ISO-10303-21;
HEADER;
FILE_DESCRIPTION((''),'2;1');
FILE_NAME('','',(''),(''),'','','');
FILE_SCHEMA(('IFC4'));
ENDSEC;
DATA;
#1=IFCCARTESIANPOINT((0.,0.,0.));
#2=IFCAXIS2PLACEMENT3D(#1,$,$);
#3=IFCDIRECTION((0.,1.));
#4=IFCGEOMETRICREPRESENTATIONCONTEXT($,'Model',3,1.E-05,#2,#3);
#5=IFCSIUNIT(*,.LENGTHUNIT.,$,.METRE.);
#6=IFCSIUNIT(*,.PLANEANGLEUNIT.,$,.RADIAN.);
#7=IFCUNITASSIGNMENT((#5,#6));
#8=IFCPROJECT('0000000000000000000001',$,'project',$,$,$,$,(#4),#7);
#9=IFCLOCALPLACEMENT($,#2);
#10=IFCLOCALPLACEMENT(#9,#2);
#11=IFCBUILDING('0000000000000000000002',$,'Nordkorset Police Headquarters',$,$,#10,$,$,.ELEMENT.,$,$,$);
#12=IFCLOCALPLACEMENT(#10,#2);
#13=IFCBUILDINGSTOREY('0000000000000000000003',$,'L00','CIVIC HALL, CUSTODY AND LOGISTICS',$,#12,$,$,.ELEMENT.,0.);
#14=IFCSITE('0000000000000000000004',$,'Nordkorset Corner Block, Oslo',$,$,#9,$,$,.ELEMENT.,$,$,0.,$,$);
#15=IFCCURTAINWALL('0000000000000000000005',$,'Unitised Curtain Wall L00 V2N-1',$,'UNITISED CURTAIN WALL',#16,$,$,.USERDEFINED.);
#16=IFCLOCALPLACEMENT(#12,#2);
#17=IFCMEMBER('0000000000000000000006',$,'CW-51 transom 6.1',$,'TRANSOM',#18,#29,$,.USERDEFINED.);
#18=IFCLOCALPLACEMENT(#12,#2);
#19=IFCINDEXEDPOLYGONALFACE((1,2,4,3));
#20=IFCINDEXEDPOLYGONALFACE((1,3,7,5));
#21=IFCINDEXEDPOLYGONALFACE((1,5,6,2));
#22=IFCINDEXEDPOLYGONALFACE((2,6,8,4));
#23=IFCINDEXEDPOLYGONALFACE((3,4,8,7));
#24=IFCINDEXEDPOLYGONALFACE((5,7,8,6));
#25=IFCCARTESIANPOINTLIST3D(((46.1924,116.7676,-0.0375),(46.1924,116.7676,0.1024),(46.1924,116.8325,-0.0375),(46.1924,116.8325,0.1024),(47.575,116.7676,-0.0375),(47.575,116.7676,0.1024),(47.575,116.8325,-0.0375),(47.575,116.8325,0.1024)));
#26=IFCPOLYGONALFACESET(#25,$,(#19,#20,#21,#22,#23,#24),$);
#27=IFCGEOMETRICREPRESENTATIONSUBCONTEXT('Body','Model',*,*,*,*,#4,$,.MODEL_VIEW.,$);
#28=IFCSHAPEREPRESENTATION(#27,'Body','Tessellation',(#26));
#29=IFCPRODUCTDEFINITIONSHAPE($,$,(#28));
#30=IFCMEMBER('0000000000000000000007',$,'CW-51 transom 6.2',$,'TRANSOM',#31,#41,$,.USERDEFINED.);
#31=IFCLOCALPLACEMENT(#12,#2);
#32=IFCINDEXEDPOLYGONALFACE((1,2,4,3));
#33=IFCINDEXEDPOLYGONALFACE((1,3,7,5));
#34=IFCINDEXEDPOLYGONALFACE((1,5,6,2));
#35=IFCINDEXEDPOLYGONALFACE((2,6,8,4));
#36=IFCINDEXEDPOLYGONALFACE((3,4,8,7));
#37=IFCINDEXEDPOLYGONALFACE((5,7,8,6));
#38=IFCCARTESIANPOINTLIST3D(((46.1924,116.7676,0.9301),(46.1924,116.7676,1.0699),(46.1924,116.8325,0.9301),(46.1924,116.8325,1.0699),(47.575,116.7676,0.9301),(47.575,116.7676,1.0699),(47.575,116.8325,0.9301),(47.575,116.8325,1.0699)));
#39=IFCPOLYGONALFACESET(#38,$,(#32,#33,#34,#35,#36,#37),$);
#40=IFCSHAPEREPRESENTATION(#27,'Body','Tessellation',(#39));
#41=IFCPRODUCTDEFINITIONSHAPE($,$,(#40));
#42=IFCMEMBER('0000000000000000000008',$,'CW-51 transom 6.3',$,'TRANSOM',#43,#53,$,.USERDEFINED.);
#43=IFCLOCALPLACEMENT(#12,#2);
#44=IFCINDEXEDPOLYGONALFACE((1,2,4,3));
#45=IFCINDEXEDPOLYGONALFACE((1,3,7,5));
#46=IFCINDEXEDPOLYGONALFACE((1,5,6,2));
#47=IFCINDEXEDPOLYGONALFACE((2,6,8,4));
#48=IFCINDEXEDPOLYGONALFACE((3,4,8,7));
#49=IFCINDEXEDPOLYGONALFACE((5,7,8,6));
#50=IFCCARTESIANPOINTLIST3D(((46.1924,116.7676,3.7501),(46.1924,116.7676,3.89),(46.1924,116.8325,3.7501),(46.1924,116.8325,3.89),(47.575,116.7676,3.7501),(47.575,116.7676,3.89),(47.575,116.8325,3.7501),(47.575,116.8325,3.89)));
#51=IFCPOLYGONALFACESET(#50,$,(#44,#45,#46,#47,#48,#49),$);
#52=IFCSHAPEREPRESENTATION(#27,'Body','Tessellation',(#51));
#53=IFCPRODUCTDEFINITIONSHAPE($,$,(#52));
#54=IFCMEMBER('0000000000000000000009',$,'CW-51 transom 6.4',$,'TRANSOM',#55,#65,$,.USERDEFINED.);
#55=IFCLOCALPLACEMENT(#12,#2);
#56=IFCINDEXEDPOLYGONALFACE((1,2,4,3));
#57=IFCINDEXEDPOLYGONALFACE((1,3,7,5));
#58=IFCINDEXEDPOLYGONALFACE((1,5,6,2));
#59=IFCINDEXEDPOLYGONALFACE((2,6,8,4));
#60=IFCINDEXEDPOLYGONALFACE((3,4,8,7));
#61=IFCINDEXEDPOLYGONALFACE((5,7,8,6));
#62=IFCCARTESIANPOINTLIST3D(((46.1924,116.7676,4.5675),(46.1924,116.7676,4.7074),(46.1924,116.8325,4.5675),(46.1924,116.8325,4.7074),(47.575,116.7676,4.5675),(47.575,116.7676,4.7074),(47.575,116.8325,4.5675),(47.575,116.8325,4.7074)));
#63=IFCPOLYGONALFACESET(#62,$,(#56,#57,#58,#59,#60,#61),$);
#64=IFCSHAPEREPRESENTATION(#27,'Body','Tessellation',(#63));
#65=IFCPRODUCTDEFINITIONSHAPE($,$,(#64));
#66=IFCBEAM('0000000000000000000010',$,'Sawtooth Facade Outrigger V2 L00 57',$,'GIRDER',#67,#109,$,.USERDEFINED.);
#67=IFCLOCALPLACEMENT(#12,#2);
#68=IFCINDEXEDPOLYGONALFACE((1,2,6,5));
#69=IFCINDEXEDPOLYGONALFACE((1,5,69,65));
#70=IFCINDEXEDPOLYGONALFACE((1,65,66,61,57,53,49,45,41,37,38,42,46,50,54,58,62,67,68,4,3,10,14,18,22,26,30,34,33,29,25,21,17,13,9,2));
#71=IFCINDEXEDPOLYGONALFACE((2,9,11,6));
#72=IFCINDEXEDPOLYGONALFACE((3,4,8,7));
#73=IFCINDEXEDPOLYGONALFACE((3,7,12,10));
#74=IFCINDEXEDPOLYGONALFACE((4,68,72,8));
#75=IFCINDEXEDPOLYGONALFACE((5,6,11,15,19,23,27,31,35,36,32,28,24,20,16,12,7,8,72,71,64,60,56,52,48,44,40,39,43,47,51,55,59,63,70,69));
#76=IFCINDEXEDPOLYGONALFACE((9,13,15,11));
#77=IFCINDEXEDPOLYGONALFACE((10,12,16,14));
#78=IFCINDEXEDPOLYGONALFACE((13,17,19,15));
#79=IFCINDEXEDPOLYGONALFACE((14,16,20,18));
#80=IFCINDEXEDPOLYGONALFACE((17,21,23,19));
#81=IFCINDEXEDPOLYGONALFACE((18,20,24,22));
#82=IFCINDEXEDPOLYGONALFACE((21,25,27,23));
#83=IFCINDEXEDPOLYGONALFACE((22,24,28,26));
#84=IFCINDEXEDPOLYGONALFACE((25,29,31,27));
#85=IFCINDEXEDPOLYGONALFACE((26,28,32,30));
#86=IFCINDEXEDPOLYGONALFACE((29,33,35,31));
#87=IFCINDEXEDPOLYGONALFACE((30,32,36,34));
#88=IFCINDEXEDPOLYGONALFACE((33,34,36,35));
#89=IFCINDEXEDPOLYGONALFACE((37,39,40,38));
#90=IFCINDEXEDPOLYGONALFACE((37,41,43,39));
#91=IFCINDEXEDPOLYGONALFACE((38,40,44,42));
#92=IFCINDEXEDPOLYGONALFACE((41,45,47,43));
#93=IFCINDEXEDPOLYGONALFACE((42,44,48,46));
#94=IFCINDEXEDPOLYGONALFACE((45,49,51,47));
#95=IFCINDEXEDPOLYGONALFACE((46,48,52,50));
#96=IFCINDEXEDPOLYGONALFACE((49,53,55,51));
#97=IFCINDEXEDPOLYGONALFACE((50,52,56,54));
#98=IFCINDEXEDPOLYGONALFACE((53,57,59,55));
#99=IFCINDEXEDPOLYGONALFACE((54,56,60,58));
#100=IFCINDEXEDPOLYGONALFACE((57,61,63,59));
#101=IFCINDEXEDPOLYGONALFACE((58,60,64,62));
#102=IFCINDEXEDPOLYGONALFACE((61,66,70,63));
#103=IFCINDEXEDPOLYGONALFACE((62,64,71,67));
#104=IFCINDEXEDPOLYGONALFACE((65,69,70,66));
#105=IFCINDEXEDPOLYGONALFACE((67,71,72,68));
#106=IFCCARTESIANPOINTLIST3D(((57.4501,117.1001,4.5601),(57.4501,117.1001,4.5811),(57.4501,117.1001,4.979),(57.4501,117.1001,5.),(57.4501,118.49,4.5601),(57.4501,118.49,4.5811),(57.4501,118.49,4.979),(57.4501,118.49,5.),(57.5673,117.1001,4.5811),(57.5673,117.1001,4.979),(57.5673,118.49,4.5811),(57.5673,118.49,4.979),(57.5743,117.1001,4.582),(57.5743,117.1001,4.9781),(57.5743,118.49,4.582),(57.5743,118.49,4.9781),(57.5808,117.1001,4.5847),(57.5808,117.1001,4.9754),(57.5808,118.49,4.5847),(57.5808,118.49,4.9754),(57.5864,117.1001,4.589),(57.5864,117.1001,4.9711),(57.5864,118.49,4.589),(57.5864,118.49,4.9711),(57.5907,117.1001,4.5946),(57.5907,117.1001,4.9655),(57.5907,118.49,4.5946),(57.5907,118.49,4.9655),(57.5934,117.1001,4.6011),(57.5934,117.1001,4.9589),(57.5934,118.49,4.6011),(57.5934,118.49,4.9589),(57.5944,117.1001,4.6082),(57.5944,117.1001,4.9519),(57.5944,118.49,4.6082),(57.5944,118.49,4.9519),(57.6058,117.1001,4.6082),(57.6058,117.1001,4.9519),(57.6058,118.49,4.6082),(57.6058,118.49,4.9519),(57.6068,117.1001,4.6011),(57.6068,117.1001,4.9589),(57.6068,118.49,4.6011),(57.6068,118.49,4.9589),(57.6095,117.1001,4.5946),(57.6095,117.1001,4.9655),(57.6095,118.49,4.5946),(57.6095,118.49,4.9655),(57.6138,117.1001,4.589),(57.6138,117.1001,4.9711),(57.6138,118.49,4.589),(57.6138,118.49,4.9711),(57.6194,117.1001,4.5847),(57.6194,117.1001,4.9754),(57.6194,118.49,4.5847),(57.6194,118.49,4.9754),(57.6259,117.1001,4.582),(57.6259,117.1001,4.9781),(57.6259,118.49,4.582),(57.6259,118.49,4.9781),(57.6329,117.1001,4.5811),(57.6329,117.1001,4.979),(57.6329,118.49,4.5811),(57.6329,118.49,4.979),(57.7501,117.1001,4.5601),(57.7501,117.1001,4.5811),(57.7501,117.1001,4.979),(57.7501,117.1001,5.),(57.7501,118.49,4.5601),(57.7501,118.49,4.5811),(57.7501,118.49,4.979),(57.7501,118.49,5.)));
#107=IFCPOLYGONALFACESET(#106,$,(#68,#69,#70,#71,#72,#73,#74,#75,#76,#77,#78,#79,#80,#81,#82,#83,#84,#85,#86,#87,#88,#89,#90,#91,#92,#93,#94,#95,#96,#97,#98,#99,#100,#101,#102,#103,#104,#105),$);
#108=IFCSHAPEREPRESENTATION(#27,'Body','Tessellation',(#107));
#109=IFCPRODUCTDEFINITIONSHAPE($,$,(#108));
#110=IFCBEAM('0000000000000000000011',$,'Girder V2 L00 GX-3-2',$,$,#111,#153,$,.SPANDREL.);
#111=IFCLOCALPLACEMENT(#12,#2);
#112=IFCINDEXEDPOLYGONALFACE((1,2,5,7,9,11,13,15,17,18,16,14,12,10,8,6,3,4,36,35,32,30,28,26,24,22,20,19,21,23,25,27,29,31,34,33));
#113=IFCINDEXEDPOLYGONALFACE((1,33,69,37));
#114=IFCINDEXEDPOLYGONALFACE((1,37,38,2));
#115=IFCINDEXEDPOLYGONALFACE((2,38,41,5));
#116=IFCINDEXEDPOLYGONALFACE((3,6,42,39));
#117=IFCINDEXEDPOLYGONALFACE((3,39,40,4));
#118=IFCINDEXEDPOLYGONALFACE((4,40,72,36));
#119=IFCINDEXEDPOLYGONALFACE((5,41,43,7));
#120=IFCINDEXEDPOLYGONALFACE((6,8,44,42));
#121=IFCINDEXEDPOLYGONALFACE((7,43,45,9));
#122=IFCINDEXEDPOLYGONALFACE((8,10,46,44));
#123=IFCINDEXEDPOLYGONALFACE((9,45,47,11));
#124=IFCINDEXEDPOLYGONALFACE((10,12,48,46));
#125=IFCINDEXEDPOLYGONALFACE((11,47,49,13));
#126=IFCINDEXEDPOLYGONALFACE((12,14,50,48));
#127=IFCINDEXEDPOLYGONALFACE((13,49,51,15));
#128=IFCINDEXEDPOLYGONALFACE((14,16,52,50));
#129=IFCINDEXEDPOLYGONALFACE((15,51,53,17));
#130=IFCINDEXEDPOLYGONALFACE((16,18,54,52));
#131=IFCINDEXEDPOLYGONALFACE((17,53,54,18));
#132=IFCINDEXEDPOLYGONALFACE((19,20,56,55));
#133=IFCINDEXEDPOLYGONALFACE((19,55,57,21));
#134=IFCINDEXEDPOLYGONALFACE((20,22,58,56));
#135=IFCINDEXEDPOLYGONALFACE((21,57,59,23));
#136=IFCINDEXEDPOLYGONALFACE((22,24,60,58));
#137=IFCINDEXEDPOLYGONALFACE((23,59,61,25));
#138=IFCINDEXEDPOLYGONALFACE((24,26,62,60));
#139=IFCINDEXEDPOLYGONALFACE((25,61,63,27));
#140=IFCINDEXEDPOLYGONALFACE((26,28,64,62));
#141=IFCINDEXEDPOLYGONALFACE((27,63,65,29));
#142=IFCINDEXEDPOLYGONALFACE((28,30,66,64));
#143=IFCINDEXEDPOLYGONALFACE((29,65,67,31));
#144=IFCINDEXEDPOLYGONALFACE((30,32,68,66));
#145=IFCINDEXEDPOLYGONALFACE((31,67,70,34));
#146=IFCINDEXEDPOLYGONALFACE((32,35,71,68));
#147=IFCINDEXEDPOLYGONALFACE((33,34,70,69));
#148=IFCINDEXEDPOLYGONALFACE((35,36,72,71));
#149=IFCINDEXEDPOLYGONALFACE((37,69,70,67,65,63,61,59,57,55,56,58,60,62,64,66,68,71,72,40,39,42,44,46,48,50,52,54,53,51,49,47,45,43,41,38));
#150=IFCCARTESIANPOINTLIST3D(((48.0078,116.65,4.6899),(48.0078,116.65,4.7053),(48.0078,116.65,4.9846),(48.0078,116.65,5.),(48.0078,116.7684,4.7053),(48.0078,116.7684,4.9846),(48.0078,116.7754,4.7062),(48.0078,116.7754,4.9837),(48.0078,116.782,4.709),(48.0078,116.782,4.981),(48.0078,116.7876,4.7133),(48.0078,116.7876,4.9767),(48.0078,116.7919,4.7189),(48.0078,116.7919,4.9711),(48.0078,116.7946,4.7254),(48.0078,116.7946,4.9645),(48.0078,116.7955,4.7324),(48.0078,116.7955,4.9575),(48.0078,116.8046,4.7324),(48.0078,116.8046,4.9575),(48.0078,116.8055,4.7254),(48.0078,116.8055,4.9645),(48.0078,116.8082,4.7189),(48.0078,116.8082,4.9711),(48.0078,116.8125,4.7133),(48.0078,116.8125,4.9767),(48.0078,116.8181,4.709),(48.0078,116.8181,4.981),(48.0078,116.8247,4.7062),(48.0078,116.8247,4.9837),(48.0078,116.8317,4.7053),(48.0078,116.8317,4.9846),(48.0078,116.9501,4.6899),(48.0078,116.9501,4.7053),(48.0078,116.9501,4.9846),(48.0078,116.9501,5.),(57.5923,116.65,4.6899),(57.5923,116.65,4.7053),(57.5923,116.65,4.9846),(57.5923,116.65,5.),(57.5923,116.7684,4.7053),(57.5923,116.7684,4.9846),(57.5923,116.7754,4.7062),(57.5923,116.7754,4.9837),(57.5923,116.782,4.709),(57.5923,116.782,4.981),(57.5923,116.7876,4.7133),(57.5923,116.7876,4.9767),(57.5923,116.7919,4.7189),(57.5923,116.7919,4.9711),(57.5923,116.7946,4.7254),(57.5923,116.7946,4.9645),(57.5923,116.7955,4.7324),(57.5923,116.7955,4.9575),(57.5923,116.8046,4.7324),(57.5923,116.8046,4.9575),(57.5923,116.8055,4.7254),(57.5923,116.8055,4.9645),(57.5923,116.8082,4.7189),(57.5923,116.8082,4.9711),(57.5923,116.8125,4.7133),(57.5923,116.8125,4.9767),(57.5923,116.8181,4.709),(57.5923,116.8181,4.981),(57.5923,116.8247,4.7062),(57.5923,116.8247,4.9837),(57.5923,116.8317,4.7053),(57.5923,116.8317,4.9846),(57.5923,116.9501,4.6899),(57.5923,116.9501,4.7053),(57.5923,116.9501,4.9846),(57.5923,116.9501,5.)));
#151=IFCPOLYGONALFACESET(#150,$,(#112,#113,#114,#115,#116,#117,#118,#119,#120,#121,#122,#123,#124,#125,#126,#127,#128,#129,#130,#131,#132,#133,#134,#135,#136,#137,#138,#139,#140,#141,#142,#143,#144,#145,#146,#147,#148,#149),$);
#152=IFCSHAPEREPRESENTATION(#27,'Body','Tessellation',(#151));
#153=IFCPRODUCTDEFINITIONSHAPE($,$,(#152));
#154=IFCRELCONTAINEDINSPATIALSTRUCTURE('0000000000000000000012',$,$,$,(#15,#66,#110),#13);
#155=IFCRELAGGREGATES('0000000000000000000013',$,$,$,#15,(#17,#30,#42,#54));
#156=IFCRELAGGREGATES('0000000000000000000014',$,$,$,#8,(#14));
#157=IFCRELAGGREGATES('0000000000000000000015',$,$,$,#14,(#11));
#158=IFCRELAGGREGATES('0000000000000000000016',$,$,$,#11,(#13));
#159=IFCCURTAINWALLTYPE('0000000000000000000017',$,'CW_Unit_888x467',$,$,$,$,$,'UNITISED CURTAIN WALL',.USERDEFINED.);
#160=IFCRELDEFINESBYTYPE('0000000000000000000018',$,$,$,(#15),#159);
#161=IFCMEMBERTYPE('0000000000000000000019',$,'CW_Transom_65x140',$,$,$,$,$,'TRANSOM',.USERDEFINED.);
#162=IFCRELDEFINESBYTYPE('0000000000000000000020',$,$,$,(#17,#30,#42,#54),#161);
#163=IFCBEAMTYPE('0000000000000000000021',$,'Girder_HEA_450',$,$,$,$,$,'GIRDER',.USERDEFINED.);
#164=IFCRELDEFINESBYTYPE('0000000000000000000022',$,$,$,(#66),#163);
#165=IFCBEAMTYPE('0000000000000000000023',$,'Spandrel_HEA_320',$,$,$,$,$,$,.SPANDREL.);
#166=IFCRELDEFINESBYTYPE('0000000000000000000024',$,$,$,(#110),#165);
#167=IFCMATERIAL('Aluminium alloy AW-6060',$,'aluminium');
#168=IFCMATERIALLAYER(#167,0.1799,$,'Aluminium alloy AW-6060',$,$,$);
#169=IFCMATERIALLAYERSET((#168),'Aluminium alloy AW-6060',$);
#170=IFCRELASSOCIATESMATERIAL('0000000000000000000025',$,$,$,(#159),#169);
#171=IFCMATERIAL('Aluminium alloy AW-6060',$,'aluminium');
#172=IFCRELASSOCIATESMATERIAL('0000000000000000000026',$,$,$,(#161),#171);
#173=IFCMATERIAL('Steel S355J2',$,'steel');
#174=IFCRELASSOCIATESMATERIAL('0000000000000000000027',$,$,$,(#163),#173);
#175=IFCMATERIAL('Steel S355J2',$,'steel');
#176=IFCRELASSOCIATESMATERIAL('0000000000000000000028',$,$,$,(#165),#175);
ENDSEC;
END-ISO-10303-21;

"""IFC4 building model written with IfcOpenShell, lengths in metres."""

from ifc_helpers import new_model, si_unit, direction, frame, origin, origin_2d, place, context, subcontext, project, spatial, rectangle, i_section, extrude, material, layer, layer_set, material_profile, profile_set, type_object, element, aggregate, save


model = new_model("IFC4")

# Units and contexts
model_context = context("Model", 3, precision=1e-05, world=origin(), true_north=direction((0.0, 1.0)))
body_context = subcontext(model_context, "Body", "Model", "MODEL_VIEW")
ifc_project = project(units=[si_unit("LENGTHUNIT", "METRE"), si_unit("PLANEANGLEUNIT", "RADIAN")], contexts=[model_context])

# Site, building, storey
site_placement = place(None, origin())
site = spatial("IfcSite", under=ifc_project, at=site_placement, Name="Nordkorset Corner Block, Oslo", CompositionType="ELEMENT", RefElevation=0.0)
building_placement = place(site_placement, origin())
building = spatial("IfcBuilding", under=site, at=building_placement, Name="Nordkorset Police Headquarters", CompositionType="ELEMENT")
storey_placement = place(building_placement, origin())
storey = spatial("IfcBuildingStorey", under=building, at=storey_placement, Name="L00", Description="CIVIC HALL, CUSTODY AND LOGISTICS", CompositionType="ELEMENT", Elevation=0.0)

# Curtain wall, members
ifc_material_1 = material(Name="Aluminium alloy AW-6060", Category="aluminium")
ifc_layer_1 = layer(ifc_material_1, 0.1799, Name="Aluminium alloy AW-6060")
ifc_layer_set_1 = layer_set([ifc_layer_1], Name="Aluminium alloy AW-6060")
curtain_wall_type = type_object("IfcCurtainWallType", Name="CW_Unit_888x467", ElementType="UNITISED CURTAIN WALL", PredefinedType="USERDEFINED", material=ifc_layer_set_1)
curtain_wall_placement = place(storey_placement, origin())
curtain_wall = element("IfcCurtainWall", 1, at=curtain_wall_placement, inside=storey, type_object=curtain_wall_type, Name="Unitised Curtain Wall L00 V2N-1", ObjectType="UNITISED CURTAIN WALL", PredefinedType="USERDEFINED")
ifc_material_2 = material(Name="Aluminium alloy AW-6060", Category="aluminium")
ifc_material_profile_1 = material_profile(ifc_material_2, rectangle(XDim=0.0649, YDim=0.1399, at=origin_2d()), Name="ALU TRAN 65x140")
ifc_profile_set_1 = profile_set([ifc_material_profile_1], Name="Aluminium alloy AW-6060")
member_type_1 = type_object("IfcMemberType", Name="CW_Transom_65x140", ElementType="TRANSOM", PredefinedType="USERDEFINED", material=ifc_profile_set_1)
member_1_placement = place(storey_placement, frame((46.1924, 116.8, 0.0325), z_axis=(1.0, 0.0, 0.0), x_axis=(0.0, 1.0, 0.0)))
member_1 = element("IfcMember", 2, at=member_1_placement, type_object=member_type_1, Name="CW-51 transom 6.1", ObjectType="TRANSOM", PredefinedType="USERDEFINED", context=body_context, shape_type="SweptSolid", body=[
    extrude(rectangle(XDim=0.0649, YDim=0.1399, at=origin_2d()), origin(), (0.0, 0.0, 1.0), 1.3826),
])
member_2_placement = place(storey_placement, frame((46.1924, 116.8, 1.0), z_axis=(1.0, 0.0, 0.0), x_axis=(0.0, 1.0, 0.0)))
member_2 = element("IfcMember", 3, at=member_2_placement, type_object=member_type_1, Name="CW-51 transom 6.2", ObjectType="TRANSOM", PredefinedType="USERDEFINED", context=body_context, shape_type="SweptSolid", body=[
    extrude(rectangle(XDim=0.0649, YDim=0.1399, at=origin_2d()), origin(), (0.0, 0.0, 1.0), 1.3826),
])
member_3_placement = place(storey_placement, frame((46.1924, 116.8, 3.8201), z_axis=(1.0, 0.0, 0.0), x_axis=(0.0, 1.0, 0.0)))
member_3 = element("IfcMember", 4, at=member_3_placement, type_object=member_type_1, Name="CW-51 transom 6.3", ObjectType="TRANSOM", PredefinedType="USERDEFINED", context=body_context, shape_type="SweptSolid", body=[
    extrude(rectangle(XDim=0.0649, YDim=0.1399, at=origin_2d()), origin(), (0.0, 0.0, 1.0), 1.3826),
])
member_4_placement = place(storey_placement, frame((46.1924, 116.8, 4.6375), z_axis=(1.0, 0.0, 0.0), x_axis=(0.0, 1.0, 0.0)))
member_4 = element("IfcMember", 5, at=member_4_placement, type_object=member_type_1, Name="CW-51 transom 6.4", ObjectType="TRANSOM", PredefinedType="USERDEFINED", context=body_context, shape_type="SweptSolid", body=[
    extrude(rectangle(XDim=0.0649, YDim=0.1399, at=origin_2d()), origin(), (0.0, 0.0, 1.0), 1.3826),
])

# Beams
ifc_material_3 = material(Name="Steel S355J2", Category="steel")
ifc_material_profile_2 = material_profile(ifc_material_3, i_section(OverallWidth=0.3, OverallDepth=0.4399, WebThickness=0.0115, FlangeThickness=0.021, FilletRadius=0.0271, at=origin_2d()), Name="HEA 450")
ifc_profile_set_2 = profile_set([ifc_material_profile_2], Name="Steel S355J2")
beam_type_1 = type_object("IfcBeamType", Name="Girder_HEA_450", ElementType="GIRDER", PredefinedType="USERDEFINED", material=ifc_profile_set_2)
beam_1_placement = place(storey_placement, frame((57.6001, 117.1001, 4.78), z_axis=(0.0, 1.0, 0.0), x_axis=(-1.0, 0.0, 0.0)))
element("IfcBeam", 6, at=beam_1_placement, inside=storey, type_object=beam_type_1, Name="Sawtooth Facade Outrigger V2 L00 57", ObjectType="GIRDER", PredefinedType="USERDEFINED", context=body_context, shape_type="SweptSolid", body=[
    extrude(i_section(OverallWidth=0.3, OverallDepth=0.4399, WebThickness=0.0115, FlangeThickness=0.021, FilletRadius=0.0271, at=origin_2d()), origin(), (0.0, 0.0, 1.0), 1.3899),
])
ifc_material_4 = material(Name="Steel S355J2", Category="steel")
ifc_material_profile_3 = material_profile(ifc_material_4, i_section(OverallWidth=0.3, OverallDepth=0.3101, WebThickness=0.009, FlangeThickness=0.0154, FilletRadius=0.0271, at=origin_2d()), Name="HEA 320")
ifc_profile_set_3 = profile_set([ifc_material_profile_3], Name="Steel S355J2")
beam_type_2 = type_object("IfcBeamType", Name="Spandrel_HEA_320", PredefinedType="SPANDREL", material=ifc_profile_set_3)
beam_2_placement = place(storey_placement, frame((48.0078, 116.8, 4.845), z_axis=(1.0, 0.0, 0.0), x_axis=(0.0, 1.0, 0.0)))
element("IfcBeam", 7, at=beam_2_placement, inside=storey, type_object=beam_type_2, Name="Girder V2 L00 GX-3-2", PredefinedType="SPANDREL", context=body_context, shape_type="SweptSolid", body=[
    extrude(i_section(OverallWidth=0.3, OverallDepth=0.3101, WebThickness=0.009, FlangeThickness=0.0154, FilletRadius=0.0271, at=origin_2d()), origin(), (0.0, 0.0, 1.0), 9.5845),
])

aggregate(curtain_wall, [member_1, member_2, member_3, member_4])

save(model, "model.ifc")
